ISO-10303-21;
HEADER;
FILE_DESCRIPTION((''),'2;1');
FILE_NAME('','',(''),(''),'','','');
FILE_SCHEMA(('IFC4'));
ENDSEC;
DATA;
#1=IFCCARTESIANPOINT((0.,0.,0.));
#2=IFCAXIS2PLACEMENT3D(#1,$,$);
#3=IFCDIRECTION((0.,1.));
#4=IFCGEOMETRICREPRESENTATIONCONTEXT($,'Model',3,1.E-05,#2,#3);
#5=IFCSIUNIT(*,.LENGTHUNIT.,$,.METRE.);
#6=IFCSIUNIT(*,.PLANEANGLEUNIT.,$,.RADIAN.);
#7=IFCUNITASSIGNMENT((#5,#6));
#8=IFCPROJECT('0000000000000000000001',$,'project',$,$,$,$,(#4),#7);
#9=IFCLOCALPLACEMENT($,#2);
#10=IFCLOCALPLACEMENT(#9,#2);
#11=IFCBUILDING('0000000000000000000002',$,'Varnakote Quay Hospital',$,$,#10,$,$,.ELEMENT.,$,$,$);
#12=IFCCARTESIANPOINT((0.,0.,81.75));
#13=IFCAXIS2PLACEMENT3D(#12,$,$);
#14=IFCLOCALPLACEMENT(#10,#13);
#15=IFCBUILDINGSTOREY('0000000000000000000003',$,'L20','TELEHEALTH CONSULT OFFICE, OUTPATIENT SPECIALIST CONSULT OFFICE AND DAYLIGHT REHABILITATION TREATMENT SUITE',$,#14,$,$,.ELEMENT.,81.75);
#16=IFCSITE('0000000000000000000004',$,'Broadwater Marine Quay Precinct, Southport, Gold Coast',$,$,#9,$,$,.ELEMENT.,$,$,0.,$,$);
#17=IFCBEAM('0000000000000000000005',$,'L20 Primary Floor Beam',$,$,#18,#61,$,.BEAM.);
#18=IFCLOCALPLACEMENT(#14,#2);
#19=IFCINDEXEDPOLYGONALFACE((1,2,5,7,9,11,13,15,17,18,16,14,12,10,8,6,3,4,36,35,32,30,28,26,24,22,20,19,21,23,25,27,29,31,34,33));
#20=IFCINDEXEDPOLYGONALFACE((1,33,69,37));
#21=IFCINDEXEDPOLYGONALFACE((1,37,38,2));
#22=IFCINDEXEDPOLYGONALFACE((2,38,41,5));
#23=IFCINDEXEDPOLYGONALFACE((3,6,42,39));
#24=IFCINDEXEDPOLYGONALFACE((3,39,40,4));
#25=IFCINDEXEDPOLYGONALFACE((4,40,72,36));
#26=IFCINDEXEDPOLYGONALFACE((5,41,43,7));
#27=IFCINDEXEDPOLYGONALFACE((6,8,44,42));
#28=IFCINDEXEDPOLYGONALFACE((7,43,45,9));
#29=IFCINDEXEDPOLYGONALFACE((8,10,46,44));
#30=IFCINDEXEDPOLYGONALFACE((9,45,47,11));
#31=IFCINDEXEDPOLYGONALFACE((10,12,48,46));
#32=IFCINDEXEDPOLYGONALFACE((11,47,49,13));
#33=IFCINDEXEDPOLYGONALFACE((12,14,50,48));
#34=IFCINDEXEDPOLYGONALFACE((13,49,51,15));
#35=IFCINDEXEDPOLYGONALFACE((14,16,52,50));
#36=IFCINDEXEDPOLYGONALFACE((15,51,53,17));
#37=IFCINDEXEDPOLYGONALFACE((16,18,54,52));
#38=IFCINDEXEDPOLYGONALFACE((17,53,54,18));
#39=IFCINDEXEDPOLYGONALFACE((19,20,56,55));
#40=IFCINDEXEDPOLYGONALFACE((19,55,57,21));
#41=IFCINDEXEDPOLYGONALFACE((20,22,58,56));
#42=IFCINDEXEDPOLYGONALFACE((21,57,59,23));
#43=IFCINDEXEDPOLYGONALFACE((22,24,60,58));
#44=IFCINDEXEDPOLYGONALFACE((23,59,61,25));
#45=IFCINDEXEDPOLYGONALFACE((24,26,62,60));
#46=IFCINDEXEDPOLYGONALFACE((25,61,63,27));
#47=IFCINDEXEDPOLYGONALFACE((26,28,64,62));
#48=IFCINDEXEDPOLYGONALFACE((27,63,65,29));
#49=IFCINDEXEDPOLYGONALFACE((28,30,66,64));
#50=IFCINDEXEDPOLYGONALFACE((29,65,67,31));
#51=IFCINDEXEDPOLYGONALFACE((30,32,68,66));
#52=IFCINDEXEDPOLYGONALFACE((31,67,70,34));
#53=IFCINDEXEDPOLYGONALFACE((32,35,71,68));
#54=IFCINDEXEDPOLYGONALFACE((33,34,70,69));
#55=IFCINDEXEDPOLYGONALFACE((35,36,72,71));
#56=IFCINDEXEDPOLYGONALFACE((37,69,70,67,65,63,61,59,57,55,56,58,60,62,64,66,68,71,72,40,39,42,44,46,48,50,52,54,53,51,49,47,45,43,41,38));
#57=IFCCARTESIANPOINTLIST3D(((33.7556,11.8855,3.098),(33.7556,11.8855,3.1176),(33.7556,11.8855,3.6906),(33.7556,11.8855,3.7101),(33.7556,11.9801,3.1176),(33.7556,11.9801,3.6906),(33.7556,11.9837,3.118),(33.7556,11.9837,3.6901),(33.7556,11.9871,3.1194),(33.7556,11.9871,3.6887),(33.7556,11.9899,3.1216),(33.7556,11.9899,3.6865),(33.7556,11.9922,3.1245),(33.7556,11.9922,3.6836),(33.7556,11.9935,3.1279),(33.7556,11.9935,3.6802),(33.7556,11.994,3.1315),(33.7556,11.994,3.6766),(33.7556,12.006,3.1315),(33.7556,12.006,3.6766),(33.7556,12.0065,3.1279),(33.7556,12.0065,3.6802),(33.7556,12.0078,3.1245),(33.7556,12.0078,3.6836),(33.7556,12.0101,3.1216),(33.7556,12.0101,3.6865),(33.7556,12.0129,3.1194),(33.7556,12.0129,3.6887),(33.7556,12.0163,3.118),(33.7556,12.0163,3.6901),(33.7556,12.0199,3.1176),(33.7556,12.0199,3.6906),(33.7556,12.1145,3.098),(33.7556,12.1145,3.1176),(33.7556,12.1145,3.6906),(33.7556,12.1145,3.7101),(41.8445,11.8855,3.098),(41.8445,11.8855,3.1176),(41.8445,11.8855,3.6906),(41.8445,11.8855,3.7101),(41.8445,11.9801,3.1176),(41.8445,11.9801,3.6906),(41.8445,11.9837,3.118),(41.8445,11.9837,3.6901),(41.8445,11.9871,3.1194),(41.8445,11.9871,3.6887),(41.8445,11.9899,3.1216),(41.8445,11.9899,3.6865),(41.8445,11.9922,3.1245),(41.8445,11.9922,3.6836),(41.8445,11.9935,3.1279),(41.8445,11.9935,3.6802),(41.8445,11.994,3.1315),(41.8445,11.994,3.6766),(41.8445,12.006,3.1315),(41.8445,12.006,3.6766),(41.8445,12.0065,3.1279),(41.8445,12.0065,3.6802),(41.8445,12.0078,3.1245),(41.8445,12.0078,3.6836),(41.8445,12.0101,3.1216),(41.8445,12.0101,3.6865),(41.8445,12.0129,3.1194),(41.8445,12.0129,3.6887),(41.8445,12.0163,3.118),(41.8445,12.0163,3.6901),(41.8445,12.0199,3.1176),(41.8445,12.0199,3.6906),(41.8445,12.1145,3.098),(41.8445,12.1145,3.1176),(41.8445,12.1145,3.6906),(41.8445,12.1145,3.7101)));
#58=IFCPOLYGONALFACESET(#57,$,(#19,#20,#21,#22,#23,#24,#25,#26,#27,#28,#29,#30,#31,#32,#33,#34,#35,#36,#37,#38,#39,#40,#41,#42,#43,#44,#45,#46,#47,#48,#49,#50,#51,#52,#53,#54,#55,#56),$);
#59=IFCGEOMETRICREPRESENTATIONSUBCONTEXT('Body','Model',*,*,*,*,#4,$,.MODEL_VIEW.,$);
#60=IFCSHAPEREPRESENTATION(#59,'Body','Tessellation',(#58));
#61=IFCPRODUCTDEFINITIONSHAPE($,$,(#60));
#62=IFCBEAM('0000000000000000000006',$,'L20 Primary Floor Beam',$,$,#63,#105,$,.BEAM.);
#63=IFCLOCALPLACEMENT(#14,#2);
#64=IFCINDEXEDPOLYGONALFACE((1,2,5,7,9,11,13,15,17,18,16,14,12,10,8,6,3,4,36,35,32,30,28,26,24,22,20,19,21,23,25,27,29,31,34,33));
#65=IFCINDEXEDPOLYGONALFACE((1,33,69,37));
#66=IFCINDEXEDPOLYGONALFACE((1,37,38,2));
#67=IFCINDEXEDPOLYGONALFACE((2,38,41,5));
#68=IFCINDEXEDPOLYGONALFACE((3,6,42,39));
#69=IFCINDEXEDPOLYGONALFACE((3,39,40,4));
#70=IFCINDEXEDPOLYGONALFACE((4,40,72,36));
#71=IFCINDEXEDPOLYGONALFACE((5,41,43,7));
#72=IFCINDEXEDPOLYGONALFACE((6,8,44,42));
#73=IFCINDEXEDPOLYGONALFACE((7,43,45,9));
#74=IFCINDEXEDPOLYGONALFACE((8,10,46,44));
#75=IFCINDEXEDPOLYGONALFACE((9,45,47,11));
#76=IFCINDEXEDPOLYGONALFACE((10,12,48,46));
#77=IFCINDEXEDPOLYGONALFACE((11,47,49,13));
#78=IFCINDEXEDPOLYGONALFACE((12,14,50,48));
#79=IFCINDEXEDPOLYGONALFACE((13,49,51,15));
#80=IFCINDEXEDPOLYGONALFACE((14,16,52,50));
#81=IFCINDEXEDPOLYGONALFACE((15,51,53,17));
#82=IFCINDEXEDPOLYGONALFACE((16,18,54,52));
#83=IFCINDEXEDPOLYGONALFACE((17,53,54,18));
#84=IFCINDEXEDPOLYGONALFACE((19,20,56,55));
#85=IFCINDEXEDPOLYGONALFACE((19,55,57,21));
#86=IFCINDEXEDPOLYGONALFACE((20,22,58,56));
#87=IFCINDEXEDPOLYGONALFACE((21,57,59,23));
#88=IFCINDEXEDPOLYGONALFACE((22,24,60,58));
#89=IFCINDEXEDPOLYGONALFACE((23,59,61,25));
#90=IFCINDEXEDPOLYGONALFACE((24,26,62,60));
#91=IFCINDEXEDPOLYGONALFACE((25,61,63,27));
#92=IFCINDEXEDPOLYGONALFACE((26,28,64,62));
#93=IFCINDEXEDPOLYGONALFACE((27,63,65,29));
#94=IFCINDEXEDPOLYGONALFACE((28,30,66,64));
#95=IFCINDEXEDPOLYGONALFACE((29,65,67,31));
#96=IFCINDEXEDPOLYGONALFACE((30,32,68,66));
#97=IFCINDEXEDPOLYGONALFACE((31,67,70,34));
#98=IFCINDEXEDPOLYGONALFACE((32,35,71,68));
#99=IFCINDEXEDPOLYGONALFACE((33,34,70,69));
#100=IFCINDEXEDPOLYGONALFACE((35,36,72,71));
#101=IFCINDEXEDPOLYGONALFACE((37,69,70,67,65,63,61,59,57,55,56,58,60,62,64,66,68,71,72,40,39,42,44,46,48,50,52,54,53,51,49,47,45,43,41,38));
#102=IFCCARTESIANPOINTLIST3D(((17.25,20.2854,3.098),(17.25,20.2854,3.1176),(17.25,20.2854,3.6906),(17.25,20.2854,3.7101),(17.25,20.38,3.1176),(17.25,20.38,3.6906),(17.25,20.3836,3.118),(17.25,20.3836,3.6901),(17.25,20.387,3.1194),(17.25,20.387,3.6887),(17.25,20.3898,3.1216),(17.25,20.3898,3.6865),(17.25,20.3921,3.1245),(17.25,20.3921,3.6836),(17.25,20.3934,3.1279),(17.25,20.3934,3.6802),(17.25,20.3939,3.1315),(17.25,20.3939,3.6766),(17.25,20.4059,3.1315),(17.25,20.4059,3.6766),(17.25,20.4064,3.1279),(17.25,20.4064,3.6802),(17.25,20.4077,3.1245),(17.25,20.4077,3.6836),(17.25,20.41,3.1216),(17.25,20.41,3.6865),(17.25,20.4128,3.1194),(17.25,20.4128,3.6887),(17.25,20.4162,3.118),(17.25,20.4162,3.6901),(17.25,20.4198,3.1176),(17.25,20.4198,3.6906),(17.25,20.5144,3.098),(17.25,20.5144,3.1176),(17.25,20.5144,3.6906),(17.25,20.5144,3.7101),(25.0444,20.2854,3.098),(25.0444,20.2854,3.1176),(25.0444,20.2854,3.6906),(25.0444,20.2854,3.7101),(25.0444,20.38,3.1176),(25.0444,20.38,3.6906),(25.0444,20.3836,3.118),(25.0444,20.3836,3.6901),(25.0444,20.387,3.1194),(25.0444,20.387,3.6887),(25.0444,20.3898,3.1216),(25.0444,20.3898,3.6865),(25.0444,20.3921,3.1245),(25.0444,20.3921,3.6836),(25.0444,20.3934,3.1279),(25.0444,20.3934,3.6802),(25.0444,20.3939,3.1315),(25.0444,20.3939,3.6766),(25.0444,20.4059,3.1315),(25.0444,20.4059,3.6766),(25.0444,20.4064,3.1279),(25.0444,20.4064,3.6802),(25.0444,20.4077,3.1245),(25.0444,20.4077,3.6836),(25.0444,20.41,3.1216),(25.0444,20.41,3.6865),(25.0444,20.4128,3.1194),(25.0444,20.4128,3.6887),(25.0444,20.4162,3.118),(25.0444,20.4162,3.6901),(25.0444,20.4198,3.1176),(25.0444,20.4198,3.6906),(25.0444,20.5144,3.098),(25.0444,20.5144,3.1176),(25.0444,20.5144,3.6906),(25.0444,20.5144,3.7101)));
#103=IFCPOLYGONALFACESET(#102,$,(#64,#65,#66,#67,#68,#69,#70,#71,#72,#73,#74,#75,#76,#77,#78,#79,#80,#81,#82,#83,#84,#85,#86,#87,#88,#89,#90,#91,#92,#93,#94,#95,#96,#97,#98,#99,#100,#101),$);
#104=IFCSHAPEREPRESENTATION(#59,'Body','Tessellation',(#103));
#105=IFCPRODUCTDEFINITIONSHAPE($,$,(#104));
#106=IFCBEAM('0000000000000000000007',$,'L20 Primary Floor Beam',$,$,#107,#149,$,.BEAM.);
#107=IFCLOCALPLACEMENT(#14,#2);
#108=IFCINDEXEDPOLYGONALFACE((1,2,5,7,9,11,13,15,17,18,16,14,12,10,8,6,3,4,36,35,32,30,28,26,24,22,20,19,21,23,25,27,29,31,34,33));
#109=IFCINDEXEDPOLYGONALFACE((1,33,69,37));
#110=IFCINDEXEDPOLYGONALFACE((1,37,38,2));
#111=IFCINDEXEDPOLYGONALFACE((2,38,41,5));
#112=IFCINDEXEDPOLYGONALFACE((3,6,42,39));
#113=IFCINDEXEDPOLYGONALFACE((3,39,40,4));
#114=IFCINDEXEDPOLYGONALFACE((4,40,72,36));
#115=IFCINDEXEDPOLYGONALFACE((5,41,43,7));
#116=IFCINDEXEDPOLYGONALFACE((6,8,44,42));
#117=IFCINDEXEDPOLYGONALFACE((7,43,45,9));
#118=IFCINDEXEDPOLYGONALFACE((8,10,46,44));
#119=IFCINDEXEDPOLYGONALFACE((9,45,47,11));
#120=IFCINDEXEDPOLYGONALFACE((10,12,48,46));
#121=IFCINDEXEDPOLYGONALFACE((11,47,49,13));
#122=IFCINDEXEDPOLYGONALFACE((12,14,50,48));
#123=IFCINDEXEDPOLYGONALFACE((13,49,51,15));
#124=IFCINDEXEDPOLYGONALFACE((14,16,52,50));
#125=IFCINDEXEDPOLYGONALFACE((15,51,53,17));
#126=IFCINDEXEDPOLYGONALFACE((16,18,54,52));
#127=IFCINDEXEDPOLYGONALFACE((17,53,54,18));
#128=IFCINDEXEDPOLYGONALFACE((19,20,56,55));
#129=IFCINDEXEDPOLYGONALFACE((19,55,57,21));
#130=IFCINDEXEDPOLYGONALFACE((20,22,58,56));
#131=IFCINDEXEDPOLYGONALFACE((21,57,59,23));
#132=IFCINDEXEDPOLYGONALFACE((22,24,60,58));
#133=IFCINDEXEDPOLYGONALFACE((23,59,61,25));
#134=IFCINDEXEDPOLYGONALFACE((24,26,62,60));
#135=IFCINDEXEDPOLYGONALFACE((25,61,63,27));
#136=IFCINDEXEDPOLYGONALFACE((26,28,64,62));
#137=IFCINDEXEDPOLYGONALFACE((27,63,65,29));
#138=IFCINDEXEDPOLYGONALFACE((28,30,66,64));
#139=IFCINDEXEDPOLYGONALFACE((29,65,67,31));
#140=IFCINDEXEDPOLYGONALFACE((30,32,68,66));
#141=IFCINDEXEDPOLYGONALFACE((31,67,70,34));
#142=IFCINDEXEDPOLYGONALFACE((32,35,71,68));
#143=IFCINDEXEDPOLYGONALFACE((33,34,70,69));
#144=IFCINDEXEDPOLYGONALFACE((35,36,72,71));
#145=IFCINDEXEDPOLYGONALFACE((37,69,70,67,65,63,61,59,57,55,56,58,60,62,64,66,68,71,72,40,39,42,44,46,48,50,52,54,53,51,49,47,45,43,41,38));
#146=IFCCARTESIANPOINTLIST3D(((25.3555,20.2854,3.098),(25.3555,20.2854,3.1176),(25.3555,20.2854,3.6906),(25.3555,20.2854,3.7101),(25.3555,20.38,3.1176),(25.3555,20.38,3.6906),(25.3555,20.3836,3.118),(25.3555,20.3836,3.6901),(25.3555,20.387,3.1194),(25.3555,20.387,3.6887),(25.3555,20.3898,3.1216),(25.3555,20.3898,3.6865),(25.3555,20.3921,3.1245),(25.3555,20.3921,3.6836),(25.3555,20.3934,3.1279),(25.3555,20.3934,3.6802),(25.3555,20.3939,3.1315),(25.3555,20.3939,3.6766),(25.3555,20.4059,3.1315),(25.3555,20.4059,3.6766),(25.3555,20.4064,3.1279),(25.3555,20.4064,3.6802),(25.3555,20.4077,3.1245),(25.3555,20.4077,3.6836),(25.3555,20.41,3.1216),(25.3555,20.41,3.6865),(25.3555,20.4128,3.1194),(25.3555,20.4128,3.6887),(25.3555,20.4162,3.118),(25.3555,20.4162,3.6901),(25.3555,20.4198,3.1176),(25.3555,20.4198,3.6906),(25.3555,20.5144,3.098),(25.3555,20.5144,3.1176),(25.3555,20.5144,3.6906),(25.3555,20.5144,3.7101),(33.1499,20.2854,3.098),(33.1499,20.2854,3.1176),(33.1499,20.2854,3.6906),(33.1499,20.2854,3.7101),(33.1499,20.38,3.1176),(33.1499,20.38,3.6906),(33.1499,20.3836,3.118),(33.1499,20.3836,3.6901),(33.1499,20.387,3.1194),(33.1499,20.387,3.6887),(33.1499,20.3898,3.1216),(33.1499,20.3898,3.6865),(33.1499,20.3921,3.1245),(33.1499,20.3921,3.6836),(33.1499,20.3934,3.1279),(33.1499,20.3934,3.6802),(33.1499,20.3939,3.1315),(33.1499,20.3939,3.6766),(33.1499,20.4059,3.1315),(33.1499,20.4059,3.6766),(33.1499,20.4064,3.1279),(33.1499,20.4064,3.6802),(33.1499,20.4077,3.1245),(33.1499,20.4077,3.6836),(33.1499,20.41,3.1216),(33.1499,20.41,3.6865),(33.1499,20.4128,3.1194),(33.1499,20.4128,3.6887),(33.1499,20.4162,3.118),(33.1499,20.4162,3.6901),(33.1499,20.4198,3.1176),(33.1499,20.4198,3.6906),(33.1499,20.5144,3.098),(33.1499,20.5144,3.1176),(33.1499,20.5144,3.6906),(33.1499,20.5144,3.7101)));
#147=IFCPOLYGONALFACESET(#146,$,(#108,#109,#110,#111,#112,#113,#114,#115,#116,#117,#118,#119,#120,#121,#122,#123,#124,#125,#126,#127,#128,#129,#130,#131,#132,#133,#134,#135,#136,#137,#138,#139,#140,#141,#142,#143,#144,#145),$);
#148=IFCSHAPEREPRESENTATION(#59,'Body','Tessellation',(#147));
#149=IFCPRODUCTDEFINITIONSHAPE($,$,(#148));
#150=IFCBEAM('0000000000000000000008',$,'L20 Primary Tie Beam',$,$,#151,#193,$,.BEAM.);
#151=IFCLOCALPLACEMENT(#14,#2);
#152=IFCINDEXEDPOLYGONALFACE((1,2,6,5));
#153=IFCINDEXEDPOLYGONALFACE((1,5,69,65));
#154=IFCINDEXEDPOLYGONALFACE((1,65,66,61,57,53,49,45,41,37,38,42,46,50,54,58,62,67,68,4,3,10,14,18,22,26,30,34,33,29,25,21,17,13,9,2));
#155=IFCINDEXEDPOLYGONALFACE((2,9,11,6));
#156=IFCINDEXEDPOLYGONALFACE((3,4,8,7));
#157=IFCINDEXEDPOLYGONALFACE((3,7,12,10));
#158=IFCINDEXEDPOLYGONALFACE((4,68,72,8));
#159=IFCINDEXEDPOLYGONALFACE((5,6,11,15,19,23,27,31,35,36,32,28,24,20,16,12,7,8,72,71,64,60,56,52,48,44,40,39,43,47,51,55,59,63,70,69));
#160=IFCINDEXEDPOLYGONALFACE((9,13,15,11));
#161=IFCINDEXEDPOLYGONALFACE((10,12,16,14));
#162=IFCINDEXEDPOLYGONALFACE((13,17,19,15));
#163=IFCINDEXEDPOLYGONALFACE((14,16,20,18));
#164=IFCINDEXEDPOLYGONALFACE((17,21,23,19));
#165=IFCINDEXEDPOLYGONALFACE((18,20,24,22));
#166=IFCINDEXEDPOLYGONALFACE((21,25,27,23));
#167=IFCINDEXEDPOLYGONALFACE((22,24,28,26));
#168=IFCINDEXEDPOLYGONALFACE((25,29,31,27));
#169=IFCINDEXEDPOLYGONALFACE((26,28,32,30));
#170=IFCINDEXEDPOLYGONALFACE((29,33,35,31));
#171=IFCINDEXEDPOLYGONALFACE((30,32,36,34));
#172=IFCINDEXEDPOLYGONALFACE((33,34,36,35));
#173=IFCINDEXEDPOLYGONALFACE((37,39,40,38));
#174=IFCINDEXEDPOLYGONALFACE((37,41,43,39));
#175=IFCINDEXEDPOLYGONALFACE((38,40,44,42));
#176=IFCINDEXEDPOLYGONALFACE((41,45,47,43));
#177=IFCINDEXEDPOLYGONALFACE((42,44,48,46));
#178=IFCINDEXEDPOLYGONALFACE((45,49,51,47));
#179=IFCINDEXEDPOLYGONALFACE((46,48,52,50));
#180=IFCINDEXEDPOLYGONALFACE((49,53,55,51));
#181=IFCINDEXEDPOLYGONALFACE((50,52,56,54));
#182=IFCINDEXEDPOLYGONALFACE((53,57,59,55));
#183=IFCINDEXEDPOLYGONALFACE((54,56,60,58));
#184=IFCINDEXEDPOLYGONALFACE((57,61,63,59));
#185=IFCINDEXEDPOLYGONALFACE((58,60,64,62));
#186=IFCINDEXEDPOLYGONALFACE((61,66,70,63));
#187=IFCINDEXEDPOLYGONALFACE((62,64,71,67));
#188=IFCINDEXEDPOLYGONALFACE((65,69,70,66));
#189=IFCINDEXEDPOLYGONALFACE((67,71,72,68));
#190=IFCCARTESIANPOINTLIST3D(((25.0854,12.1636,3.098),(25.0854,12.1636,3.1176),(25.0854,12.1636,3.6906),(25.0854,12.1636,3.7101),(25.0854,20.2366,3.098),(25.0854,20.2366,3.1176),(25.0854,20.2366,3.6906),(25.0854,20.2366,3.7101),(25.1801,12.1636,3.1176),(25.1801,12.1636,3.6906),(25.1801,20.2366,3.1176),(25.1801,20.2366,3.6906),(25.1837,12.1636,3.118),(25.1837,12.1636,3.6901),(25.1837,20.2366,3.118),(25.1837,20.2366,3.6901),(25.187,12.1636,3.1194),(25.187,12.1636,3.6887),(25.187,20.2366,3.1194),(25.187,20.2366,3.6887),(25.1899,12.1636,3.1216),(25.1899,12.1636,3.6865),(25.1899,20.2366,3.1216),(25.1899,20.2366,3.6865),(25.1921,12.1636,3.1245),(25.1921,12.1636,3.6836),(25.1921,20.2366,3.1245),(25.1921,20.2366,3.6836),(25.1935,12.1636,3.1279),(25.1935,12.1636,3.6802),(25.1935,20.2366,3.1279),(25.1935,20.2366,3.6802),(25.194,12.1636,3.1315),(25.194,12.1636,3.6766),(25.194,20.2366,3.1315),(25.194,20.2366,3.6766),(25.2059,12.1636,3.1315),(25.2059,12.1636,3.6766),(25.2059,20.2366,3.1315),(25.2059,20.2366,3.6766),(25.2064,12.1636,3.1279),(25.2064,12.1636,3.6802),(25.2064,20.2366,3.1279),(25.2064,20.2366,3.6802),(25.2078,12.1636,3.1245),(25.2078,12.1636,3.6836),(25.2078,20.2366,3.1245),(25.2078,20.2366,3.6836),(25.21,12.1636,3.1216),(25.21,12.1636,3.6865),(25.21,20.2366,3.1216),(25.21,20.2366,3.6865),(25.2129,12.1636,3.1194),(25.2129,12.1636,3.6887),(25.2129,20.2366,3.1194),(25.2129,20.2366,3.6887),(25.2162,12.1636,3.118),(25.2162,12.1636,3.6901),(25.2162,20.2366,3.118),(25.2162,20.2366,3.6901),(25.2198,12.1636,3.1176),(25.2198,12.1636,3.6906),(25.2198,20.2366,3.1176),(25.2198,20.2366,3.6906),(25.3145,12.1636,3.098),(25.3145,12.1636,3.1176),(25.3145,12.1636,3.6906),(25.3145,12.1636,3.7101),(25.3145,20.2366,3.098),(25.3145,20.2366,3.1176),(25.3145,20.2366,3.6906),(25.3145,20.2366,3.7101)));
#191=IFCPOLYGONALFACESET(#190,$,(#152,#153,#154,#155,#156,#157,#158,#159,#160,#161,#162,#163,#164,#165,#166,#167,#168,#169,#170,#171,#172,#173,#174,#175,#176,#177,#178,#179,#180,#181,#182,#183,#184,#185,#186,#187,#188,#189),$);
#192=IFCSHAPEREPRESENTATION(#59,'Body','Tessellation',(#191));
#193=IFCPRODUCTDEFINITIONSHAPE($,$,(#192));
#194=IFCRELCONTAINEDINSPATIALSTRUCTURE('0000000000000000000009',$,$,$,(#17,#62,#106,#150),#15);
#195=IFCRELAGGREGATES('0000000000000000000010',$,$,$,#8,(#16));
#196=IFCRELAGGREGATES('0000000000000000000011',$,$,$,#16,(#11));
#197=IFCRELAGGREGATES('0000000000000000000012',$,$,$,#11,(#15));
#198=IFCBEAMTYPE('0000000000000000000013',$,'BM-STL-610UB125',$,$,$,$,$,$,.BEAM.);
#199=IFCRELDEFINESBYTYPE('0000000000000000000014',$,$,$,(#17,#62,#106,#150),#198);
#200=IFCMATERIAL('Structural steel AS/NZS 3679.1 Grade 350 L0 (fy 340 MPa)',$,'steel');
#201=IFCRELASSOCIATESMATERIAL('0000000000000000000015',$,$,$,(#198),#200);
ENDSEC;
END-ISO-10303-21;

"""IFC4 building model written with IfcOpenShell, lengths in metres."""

from ifc_helpers import new_model, si_unit, direction, frame, origin, origin_2d, place, context, subcontext, project, spatial, i_section, extrude, material, material_profile, profile_set, type_object, element, save


model = new_model("IFC4")

# Units and contexts
model_context = context("Model", 3, precision=1e-05, world=origin(), true_north=direction((0.0, 1.0)))
body_context = subcontext(model_context, "Body", "Model", "MODEL_VIEW")
ifc_project = project(units=[si_unit("LENGTHUNIT", "METRE"), si_unit("PLANEANGLEUNIT", "RADIAN")], contexts=[model_context])

# Site, building, storey
site_placement = place(None, origin())
site = spatial("IfcSite", under=ifc_project, at=site_placement, Name="Broadwater Marine Quay Precinct, Southport, Gold Coast", CompositionType="ELEMENT", RefElevation=0.0)
building_placement = place(site_placement, origin())
building = spatial("IfcBuilding", under=site, at=building_placement, Name="Varnakote Quay Hospital", CompositionType="ELEMENT")
storey_placement = place(building_placement, frame((0.0, 0.0, 81.75)))
storey = spatial("IfcBuildingStorey", under=building, at=storey_placement, Name="L20", Description="TELEHEALTH CONSULT OFFICE, OUTPATIENT SPECIALIST CONSULT OFFICE AND DAYLIGHT REHABILITATION TREATMENT SUITE", CompositionType="ELEMENT", Elevation=81.75)

# Beams
ifc_material_1 = material(Name="Structural steel AS/NZS 3679.1 Grade 350 L0 (fy 340 MPa)", Category="steel")
ifc_material_profile_1 = material_profile(ifc_material_1, i_section(OverallWidth=0.229, OverallDepth=0.6121, WebThickness=0.012, FlangeThickness=0.0195, FilletRadius=0.0139, at=origin_2d()), Name="610UB125")
ifc_profile_set_1 = profile_set([ifc_material_profile_1], Name="Structural steel AS/NZS 3679.1 Grade 350 L0 (fy 340 MPa)")
beam_type_1 = type_object("IfcBeamType", Name="BM-STL-610UB125", PredefinedType="BEAM", material=ifc_profile_set_1)
beam_1_placement = place(storey_placement, frame((33.7556, 12.0, 3.4041), z_axis=(1.0, 0.0, 0.0), x_axis=(0.0, 1.0, 0.0)))
element("IfcBeam", 1, at=beam_1_placement, inside=storey, type_object=beam_type_1, Name="L20 Primary Floor Beam", PredefinedType="BEAM", context=body_context, shape_type="SweptSolid", body=[
    extrude(i_section(OverallWidth=0.229, OverallDepth=0.6121, WebThickness=0.012, FlangeThickness=0.0195, FilletRadius=0.0139, at=origin_2d()), origin(), (0.0, 0.0, 1.0), 8.0889),
])
for number, where, z_axis, x_axis, name in (
    (2, (17.25, 20.3999, 3.4041), (1.0, 0.0, 0.0), (0.0, 1.0, 0.0), "L20 Primary Floor Beam"),
    (3, (25.3555, 20.3999, 3.4041), (1.0, 0.0, 0.0), (0.0, 1.0, 0.0), "L20 Primary Floor Beam"),
):
    element("IfcBeam", number, at=place(storey_placement, frame(where, z_axis=z_axis, x_axis=x_axis)), inside=storey, type_object=beam_type_1, Name=name, PredefinedType="BEAM", context=body_context, shape_type="SweptSolid", body=[
        extrude(i_section(OverallWidth=0.229, OverallDepth=0.6121, WebThickness=0.012, FlangeThickness=0.0195, FilletRadius=0.0139, at=origin_2d()), origin(), (0.0, 0.0, 1.0), 7.7944),
    ])
beam_2_placement = place(storey_placement, frame((25.2, 12.1636, 3.4041), z_axis=(0.0, 1.0, 0.0), x_axis=(-1.0, 0.0, 0.0)))
element("IfcBeam", 4, at=beam_2_placement, inside=storey, type_object=beam_type_1, Name="L20 Primary Tie Beam", PredefinedType="BEAM", context=body_context, shape_type="SweptSolid", body=[
    extrude(i_section(OverallWidth=0.229, OverallDepth=0.6121, WebThickness=0.012, FlangeThickness=0.0195, FilletRadius=0.0139, at=origin_2d()), origin(), (0.0, 0.0, 1.0), 8.073),
])

save(model, "model.ifc")
